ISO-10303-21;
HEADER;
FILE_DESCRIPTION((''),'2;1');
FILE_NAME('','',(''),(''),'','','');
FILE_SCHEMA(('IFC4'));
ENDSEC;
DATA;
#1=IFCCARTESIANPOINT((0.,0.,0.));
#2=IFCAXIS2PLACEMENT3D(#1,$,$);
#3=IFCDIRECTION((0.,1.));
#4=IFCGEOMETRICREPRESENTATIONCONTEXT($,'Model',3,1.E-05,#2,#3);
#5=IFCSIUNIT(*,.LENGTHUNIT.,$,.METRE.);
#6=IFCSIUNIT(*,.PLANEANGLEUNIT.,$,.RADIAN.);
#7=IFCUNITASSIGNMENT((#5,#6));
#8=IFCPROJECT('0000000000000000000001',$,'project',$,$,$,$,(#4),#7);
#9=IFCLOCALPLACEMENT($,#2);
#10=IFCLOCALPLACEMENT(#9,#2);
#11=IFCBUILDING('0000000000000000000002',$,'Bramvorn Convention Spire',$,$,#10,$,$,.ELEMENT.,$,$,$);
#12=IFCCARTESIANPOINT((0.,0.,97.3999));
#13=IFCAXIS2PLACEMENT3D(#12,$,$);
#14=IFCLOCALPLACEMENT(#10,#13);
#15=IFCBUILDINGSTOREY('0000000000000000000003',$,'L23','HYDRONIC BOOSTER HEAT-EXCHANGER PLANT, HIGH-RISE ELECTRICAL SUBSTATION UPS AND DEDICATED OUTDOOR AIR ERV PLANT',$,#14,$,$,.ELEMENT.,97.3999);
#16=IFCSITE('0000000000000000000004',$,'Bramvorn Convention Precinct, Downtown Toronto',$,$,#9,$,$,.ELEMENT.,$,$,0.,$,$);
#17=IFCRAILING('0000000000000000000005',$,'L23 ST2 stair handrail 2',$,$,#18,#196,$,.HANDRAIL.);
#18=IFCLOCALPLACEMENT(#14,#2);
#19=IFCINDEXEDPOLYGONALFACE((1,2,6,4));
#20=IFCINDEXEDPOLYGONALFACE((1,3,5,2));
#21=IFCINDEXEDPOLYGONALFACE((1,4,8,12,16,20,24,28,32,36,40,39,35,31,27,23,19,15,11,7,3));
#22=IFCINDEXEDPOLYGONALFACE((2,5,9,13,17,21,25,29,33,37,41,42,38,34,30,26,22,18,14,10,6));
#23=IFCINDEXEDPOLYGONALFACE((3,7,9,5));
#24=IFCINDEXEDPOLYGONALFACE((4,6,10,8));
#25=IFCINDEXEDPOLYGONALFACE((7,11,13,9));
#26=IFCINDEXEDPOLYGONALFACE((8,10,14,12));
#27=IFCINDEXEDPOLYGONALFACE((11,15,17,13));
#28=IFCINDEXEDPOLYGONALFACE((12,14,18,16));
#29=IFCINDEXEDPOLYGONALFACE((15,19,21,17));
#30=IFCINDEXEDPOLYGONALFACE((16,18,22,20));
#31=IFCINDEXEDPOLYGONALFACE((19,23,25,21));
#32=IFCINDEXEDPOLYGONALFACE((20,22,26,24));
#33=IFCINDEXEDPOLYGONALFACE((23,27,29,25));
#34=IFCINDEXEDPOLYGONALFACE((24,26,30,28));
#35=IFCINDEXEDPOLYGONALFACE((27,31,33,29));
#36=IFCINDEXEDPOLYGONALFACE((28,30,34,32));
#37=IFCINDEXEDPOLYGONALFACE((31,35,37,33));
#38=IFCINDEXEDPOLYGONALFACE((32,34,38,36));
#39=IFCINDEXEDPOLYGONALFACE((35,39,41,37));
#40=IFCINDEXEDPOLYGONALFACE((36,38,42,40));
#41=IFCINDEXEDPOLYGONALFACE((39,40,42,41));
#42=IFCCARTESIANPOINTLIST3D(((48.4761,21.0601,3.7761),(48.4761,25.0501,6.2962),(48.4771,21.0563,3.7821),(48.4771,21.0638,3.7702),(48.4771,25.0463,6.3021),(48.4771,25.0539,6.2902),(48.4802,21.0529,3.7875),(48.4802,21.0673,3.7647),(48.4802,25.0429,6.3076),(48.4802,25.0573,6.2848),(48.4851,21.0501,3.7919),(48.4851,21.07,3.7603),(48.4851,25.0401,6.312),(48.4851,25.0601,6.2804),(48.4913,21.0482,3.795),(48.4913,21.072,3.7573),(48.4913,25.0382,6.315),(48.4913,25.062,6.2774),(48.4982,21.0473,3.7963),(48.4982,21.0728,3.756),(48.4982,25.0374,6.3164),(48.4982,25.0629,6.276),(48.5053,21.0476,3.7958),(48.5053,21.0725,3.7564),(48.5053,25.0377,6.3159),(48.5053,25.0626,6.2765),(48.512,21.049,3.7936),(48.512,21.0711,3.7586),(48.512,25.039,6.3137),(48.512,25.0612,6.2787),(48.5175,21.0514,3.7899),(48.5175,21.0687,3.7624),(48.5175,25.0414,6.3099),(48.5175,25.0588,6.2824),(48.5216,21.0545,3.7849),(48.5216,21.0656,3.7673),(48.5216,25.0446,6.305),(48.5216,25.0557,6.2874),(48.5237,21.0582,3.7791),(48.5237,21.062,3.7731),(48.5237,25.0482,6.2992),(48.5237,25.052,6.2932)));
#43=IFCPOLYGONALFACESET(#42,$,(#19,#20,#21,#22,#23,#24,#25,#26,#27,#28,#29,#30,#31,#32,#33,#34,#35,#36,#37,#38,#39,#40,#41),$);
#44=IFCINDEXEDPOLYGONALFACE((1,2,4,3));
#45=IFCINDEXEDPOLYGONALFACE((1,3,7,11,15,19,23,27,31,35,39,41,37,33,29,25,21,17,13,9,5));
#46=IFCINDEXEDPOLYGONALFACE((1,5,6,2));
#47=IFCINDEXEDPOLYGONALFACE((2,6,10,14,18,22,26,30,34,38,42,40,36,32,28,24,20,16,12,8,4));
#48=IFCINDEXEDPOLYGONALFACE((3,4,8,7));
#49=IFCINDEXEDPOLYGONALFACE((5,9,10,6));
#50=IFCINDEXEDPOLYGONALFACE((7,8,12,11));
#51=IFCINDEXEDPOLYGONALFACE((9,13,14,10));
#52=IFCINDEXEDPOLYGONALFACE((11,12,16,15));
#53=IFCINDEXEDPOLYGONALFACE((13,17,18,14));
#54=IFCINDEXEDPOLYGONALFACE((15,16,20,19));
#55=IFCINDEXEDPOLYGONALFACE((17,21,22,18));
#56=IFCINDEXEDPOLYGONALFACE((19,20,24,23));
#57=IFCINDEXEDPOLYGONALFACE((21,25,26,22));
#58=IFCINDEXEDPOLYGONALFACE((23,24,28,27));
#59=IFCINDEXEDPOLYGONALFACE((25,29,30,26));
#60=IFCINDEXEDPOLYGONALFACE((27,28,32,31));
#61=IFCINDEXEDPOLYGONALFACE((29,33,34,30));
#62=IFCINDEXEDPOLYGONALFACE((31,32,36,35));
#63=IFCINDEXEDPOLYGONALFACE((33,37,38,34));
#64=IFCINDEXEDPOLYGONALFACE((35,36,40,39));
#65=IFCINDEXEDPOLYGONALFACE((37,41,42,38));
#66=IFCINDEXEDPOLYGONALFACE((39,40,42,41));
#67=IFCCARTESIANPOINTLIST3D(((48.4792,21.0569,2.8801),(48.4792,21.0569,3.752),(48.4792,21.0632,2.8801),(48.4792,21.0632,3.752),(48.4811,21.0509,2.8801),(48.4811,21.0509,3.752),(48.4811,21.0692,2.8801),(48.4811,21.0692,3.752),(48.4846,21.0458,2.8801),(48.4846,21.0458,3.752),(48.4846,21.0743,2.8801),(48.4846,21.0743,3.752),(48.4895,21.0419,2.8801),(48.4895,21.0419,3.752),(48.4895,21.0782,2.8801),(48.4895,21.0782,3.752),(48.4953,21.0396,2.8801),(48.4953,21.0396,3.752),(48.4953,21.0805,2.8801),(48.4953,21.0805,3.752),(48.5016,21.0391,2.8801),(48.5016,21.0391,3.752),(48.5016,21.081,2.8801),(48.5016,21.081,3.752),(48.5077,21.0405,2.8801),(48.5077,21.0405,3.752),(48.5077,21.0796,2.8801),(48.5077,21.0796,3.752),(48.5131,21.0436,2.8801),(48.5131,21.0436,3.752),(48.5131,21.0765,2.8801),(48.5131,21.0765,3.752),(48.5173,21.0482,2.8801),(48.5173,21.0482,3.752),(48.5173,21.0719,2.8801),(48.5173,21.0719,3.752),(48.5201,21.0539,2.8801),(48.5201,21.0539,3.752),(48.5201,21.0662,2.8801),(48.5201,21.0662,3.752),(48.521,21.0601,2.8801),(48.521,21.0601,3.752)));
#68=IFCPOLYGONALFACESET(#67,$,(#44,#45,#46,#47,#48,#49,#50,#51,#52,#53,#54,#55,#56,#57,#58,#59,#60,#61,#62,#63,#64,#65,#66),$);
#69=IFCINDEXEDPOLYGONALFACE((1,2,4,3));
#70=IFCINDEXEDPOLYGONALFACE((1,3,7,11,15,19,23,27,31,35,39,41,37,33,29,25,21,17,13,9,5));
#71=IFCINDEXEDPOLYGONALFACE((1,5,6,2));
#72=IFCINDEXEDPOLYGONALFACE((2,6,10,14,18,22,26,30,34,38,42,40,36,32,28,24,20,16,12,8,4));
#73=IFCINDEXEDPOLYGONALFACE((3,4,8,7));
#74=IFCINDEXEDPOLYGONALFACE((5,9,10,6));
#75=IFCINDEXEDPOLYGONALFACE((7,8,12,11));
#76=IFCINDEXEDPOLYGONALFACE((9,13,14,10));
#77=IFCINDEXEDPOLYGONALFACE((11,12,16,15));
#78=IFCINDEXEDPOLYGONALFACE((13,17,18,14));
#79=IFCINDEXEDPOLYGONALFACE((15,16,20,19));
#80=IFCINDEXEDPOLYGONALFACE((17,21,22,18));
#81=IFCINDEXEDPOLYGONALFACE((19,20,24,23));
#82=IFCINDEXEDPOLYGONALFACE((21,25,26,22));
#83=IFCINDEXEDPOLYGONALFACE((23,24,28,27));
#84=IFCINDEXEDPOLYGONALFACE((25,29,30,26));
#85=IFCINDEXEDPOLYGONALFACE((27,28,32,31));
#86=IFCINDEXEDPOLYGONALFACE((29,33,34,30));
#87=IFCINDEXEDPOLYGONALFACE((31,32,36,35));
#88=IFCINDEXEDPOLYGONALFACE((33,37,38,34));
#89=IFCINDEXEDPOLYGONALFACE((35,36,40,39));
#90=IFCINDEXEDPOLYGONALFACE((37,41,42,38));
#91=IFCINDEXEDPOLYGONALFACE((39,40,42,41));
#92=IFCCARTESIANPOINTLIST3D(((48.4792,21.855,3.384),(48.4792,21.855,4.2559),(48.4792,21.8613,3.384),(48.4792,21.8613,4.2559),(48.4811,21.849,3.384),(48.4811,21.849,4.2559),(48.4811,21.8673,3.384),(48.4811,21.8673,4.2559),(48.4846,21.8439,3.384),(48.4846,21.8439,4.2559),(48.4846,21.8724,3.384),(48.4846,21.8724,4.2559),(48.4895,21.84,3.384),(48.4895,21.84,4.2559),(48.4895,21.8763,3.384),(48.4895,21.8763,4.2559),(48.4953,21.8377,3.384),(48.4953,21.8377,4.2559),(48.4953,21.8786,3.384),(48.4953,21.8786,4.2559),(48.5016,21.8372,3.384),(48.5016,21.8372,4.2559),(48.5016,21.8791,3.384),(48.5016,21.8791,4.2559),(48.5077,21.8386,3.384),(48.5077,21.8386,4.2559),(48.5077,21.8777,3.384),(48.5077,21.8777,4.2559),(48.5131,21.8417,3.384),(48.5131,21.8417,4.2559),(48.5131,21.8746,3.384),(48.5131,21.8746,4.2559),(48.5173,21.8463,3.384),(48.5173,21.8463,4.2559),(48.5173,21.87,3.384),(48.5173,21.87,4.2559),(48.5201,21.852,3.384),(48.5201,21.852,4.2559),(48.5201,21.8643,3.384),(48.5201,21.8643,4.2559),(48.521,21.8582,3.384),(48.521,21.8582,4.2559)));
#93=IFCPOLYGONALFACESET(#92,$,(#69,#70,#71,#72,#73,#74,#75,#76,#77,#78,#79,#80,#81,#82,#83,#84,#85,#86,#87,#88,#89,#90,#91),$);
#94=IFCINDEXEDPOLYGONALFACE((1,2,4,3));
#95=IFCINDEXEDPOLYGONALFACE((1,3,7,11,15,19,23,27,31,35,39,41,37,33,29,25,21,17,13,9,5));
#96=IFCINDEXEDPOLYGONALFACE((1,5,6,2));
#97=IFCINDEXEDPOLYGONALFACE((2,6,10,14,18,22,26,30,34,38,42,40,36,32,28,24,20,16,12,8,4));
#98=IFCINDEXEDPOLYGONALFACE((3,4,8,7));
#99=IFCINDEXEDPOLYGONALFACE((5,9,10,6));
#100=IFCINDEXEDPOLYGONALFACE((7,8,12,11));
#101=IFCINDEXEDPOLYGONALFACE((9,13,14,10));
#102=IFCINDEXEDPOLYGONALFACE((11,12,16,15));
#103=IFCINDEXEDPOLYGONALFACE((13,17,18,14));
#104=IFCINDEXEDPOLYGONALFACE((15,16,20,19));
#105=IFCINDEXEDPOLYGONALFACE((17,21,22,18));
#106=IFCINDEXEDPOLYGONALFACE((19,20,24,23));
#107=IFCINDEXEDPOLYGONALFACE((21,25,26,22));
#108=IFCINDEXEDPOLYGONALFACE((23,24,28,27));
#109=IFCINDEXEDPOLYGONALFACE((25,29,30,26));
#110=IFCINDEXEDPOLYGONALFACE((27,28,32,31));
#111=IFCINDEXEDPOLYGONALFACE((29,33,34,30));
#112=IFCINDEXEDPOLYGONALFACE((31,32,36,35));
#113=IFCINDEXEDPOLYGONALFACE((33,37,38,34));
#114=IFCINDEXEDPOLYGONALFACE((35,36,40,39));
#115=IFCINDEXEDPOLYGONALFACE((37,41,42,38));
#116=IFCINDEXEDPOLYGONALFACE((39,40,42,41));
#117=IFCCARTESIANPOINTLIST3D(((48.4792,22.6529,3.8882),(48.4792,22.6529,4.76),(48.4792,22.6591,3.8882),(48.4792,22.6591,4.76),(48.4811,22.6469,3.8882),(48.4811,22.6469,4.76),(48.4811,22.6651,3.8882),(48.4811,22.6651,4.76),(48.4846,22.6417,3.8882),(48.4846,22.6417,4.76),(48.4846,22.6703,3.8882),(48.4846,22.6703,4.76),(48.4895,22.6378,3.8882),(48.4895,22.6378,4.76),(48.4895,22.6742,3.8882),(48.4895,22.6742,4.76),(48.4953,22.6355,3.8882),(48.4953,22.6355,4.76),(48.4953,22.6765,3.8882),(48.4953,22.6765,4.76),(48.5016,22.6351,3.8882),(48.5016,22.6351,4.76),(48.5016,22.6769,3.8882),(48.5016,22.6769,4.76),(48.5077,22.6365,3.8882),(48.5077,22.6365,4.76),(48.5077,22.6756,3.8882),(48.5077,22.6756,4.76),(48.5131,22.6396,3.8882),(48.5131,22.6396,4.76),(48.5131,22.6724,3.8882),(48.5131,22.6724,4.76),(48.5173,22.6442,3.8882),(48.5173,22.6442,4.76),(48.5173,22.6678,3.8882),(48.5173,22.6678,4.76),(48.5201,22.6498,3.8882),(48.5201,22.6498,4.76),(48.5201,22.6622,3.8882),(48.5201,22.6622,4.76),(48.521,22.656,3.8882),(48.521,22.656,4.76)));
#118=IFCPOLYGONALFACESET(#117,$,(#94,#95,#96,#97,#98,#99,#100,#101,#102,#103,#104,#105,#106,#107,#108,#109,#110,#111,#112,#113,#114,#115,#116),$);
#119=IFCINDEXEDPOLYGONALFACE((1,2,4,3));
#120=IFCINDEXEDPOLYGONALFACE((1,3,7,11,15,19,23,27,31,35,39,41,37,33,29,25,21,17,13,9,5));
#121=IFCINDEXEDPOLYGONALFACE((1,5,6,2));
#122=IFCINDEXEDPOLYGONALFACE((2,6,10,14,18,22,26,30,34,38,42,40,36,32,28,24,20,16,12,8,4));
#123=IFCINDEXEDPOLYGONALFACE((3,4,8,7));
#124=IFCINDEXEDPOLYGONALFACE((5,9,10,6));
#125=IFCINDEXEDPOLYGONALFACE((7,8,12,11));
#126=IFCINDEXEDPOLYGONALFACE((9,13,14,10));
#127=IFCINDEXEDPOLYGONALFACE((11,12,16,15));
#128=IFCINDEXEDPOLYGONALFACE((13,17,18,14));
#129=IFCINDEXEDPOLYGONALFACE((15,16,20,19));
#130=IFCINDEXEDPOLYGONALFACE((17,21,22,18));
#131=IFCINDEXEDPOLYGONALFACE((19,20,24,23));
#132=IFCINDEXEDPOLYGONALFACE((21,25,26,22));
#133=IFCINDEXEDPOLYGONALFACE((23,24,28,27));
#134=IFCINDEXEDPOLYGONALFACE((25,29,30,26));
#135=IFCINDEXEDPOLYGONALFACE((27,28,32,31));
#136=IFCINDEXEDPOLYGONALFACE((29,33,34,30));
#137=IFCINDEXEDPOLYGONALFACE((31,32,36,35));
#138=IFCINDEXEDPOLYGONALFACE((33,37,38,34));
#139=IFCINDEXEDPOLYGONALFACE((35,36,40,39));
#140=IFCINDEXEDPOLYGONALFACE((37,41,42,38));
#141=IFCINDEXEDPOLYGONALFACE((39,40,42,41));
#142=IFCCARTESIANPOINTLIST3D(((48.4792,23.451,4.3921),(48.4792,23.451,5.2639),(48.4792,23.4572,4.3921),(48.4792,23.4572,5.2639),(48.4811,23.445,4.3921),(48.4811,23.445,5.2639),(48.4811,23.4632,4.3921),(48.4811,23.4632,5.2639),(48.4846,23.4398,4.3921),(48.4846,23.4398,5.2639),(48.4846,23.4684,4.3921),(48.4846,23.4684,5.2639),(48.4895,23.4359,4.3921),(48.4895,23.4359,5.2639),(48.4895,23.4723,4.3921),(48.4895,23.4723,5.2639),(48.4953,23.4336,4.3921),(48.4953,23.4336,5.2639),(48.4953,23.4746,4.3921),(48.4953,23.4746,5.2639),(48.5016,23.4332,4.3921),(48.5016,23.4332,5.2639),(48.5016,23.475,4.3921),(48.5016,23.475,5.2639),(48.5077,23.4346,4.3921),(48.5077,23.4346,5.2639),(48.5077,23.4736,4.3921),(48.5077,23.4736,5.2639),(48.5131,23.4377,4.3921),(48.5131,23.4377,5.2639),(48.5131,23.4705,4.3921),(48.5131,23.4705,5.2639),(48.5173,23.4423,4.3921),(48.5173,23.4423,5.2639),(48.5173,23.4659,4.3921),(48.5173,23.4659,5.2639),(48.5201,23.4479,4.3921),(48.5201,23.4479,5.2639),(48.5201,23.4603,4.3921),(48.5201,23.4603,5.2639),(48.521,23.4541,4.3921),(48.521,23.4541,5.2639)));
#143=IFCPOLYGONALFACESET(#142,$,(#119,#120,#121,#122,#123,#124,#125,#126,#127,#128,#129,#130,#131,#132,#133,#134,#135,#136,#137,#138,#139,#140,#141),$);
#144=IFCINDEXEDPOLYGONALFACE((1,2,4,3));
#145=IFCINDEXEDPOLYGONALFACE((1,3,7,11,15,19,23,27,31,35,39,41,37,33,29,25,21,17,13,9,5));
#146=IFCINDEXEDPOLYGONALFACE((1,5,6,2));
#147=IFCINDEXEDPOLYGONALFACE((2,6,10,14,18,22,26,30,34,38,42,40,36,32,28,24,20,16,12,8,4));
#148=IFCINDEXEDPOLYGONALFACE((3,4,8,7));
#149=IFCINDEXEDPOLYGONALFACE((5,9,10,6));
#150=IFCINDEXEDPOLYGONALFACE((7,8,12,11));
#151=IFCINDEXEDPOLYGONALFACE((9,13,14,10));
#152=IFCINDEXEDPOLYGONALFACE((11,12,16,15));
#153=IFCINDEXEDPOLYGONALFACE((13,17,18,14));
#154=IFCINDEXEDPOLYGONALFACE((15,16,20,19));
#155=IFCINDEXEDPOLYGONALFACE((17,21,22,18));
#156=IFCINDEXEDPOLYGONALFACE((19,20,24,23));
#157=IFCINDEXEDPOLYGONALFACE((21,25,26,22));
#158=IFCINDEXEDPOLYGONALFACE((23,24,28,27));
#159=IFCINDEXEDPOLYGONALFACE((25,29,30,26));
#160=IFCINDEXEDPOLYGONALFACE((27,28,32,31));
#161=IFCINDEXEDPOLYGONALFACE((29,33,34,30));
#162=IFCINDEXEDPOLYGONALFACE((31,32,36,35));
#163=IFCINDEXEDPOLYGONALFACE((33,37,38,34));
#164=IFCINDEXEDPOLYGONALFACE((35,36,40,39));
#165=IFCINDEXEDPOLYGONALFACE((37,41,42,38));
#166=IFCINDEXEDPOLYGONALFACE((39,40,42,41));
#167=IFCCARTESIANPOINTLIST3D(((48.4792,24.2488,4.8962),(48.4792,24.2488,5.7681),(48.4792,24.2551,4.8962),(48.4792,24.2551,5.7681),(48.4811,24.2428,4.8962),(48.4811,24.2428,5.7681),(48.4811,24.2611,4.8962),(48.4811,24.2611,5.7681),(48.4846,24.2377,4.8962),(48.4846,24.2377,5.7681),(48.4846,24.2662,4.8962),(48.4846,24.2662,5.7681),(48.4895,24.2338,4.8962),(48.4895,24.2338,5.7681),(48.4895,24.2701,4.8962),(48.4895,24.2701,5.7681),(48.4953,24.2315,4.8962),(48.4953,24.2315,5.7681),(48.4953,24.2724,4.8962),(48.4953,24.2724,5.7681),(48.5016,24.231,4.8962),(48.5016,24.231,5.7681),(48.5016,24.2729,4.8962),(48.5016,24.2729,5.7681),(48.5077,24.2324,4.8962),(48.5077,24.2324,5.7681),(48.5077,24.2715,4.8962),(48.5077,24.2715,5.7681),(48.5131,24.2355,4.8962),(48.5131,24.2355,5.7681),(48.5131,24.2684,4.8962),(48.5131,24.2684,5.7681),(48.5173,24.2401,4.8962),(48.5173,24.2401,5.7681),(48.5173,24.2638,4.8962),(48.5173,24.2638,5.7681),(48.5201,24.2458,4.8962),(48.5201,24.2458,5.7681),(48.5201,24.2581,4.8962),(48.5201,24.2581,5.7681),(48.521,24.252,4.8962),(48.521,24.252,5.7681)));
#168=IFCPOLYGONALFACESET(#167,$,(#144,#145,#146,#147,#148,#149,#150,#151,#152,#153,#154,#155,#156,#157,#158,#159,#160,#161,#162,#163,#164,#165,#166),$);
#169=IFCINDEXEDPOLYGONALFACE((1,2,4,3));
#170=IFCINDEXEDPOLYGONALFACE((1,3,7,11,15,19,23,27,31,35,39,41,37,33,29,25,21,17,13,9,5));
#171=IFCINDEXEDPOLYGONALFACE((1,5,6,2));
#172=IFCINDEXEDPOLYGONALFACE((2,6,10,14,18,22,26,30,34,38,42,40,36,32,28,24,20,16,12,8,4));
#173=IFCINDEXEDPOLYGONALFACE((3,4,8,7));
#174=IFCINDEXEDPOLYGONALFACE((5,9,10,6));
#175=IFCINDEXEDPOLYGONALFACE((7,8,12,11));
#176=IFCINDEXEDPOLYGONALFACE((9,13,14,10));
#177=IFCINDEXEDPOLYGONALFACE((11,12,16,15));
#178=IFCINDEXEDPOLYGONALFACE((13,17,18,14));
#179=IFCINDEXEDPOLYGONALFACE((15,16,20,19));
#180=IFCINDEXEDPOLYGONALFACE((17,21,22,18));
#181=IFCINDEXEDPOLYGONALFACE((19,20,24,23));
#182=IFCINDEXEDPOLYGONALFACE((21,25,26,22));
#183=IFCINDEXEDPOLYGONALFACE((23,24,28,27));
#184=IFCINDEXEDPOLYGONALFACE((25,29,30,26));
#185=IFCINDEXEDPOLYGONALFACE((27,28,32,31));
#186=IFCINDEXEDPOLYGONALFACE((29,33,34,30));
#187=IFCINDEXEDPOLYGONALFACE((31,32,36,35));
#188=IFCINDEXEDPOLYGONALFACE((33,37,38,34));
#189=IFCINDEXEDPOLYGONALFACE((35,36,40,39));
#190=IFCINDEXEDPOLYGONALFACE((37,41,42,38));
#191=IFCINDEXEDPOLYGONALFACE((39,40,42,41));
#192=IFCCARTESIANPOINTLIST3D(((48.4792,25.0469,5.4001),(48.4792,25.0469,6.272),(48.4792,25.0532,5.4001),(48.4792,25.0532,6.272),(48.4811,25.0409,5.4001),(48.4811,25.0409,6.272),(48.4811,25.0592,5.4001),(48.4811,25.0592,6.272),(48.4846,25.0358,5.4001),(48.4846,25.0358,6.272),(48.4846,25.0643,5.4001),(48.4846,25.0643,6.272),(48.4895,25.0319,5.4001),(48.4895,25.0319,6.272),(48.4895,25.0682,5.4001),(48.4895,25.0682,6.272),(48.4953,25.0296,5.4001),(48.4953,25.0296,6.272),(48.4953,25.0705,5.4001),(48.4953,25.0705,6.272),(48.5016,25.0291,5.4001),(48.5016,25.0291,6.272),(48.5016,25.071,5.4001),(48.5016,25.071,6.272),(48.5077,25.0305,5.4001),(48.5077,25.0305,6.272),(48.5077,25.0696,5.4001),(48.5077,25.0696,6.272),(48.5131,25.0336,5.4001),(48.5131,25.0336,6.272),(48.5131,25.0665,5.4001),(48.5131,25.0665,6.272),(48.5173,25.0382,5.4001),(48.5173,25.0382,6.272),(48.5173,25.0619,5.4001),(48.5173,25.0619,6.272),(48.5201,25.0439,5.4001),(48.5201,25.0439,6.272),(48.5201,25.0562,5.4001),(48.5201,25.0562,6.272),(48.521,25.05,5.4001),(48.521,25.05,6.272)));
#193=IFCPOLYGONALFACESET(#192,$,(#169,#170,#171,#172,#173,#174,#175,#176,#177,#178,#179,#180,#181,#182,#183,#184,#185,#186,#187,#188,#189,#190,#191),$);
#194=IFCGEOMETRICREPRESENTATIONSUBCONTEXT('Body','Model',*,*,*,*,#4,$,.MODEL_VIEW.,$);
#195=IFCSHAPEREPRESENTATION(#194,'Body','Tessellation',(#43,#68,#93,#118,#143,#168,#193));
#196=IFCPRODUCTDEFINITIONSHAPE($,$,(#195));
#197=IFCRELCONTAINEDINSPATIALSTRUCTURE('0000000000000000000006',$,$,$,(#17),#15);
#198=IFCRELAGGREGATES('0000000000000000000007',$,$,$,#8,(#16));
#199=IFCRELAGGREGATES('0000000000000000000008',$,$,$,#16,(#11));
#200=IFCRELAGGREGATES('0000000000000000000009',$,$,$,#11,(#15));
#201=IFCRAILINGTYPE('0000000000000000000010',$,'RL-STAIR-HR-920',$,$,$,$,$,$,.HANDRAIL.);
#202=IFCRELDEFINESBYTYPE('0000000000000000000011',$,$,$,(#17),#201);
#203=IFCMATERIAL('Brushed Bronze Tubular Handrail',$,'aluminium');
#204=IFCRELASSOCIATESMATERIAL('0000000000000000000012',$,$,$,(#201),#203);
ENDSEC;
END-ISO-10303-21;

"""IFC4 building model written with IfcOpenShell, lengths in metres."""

from ifc_helpers import new_model, si_unit, direction, frame, origin, origin_2d, place, context, subcontext, project, spatial, circle, extrude, material, type_object, element, save


model = new_model("IFC4")

# Units and contexts
model_context = context("Model", 3, precision=1e-05, world=origin(), true_north=direction((0.0, 1.0)))
body_context = subcontext(model_context, "Body", "Model", "MODEL_VIEW")
ifc_project = project(units=[si_unit("LENGTHUNIT", "METRE"), si_unit("PLANEANGLEUNIT", "RADIAN")], contexts=[model_context])

# Site, building, storey
site_placement = place(None, origin())
site = spatial("IfcSite", under=ifc_project, at=site_placement, Name="Bramvorn Convention Precinct, Downtown Toronto", CompositionType="ELEMENT", RefElevation=0.0)
building_placement = place(site_placement, origin())
building = spatial("IfcBuilding", under=site, at=building_placement, Name="Bramvorn Convention Spire", CompositionType="ELEMENT")
storey_placement = place(building_placement, frame((0.0, 0.0, 97.3999)))
storey = spatial("IfcBuildingStorey", under=building, at=storey_placement, Name="L23", Description="HYDRONIC BOOSTER HEAT-EXCHANGER PLANT, HIGH-RISE ELECTRICAL SUBSTATION UPS AND DEDICATED OUTDOOR AIR ERV PLANT", CompositionType="ELEMENT", Elevation=97.3999)

# Railing
ifc_material_1 = material(Name="Brushed Bronze Tubular Handrail", Category="aluminium")
railing_type_1 = type_object("IfcRailingType", Name="RL-STAIR-HR-920", PredefinedType="HANDRAIL", material=ifc_material_1)
railing_1_placement = place(storey_placement, frame((48.5, 21.0601, 2.8801)))
element("IfcRailing", 1, at=railing_1_placement, inside=storey, type_object=railing_type_1, Name="L23 ST2 stair handrail 2", PredefinedType="HANDRAIL", context=body_context, shape_type="SweptSolid", body=[
    extrude(circle(Radius=0.0239, at=origin_2d()), frame((0.0, 0.0, 0.896), z_axis=(0.0, 0.845486, 0.533997), x_axis=(-1.0, 0.0, 0.0)), (0.0, 0.0, 1.0), 4.7192),
    extrude(circle(Radius=0.021, at=origin_2d()), origin(), (0.0, 0.0, 1.0), 0.8718),
    extrude(circle(Radius=0.021, at=origin_2d()), frame((0.0, 0.7981, 0.5039)), (0.0, 0.0, 1.0), 0.8718),
    extrude(circle(Radius=0.021, at=origin_2d()), frame((0.0, 1.5959, 1.0081)), (0.0, 0.0, 1.0), 0.8718),
    extrude(circle(Radius=0.021, at=origin_2d()), frame((0.0, 2.394, 1.512)), (0.0, 0.0, 1.0), 0.8718),
    extrude(circle(Radius=0.021, at=origin_2d()), frame((0.0, 3.1919, 2.0161)), (0.0, 0.0, 1.0), 0.8718),
    extrude(circle(Radius=0.021, at=origin_2d()), frame((0.0, 3.99, 2.52)), (0.0, 0.0, 1.0), 0.8718),
])

save(model, "model.ifc")
